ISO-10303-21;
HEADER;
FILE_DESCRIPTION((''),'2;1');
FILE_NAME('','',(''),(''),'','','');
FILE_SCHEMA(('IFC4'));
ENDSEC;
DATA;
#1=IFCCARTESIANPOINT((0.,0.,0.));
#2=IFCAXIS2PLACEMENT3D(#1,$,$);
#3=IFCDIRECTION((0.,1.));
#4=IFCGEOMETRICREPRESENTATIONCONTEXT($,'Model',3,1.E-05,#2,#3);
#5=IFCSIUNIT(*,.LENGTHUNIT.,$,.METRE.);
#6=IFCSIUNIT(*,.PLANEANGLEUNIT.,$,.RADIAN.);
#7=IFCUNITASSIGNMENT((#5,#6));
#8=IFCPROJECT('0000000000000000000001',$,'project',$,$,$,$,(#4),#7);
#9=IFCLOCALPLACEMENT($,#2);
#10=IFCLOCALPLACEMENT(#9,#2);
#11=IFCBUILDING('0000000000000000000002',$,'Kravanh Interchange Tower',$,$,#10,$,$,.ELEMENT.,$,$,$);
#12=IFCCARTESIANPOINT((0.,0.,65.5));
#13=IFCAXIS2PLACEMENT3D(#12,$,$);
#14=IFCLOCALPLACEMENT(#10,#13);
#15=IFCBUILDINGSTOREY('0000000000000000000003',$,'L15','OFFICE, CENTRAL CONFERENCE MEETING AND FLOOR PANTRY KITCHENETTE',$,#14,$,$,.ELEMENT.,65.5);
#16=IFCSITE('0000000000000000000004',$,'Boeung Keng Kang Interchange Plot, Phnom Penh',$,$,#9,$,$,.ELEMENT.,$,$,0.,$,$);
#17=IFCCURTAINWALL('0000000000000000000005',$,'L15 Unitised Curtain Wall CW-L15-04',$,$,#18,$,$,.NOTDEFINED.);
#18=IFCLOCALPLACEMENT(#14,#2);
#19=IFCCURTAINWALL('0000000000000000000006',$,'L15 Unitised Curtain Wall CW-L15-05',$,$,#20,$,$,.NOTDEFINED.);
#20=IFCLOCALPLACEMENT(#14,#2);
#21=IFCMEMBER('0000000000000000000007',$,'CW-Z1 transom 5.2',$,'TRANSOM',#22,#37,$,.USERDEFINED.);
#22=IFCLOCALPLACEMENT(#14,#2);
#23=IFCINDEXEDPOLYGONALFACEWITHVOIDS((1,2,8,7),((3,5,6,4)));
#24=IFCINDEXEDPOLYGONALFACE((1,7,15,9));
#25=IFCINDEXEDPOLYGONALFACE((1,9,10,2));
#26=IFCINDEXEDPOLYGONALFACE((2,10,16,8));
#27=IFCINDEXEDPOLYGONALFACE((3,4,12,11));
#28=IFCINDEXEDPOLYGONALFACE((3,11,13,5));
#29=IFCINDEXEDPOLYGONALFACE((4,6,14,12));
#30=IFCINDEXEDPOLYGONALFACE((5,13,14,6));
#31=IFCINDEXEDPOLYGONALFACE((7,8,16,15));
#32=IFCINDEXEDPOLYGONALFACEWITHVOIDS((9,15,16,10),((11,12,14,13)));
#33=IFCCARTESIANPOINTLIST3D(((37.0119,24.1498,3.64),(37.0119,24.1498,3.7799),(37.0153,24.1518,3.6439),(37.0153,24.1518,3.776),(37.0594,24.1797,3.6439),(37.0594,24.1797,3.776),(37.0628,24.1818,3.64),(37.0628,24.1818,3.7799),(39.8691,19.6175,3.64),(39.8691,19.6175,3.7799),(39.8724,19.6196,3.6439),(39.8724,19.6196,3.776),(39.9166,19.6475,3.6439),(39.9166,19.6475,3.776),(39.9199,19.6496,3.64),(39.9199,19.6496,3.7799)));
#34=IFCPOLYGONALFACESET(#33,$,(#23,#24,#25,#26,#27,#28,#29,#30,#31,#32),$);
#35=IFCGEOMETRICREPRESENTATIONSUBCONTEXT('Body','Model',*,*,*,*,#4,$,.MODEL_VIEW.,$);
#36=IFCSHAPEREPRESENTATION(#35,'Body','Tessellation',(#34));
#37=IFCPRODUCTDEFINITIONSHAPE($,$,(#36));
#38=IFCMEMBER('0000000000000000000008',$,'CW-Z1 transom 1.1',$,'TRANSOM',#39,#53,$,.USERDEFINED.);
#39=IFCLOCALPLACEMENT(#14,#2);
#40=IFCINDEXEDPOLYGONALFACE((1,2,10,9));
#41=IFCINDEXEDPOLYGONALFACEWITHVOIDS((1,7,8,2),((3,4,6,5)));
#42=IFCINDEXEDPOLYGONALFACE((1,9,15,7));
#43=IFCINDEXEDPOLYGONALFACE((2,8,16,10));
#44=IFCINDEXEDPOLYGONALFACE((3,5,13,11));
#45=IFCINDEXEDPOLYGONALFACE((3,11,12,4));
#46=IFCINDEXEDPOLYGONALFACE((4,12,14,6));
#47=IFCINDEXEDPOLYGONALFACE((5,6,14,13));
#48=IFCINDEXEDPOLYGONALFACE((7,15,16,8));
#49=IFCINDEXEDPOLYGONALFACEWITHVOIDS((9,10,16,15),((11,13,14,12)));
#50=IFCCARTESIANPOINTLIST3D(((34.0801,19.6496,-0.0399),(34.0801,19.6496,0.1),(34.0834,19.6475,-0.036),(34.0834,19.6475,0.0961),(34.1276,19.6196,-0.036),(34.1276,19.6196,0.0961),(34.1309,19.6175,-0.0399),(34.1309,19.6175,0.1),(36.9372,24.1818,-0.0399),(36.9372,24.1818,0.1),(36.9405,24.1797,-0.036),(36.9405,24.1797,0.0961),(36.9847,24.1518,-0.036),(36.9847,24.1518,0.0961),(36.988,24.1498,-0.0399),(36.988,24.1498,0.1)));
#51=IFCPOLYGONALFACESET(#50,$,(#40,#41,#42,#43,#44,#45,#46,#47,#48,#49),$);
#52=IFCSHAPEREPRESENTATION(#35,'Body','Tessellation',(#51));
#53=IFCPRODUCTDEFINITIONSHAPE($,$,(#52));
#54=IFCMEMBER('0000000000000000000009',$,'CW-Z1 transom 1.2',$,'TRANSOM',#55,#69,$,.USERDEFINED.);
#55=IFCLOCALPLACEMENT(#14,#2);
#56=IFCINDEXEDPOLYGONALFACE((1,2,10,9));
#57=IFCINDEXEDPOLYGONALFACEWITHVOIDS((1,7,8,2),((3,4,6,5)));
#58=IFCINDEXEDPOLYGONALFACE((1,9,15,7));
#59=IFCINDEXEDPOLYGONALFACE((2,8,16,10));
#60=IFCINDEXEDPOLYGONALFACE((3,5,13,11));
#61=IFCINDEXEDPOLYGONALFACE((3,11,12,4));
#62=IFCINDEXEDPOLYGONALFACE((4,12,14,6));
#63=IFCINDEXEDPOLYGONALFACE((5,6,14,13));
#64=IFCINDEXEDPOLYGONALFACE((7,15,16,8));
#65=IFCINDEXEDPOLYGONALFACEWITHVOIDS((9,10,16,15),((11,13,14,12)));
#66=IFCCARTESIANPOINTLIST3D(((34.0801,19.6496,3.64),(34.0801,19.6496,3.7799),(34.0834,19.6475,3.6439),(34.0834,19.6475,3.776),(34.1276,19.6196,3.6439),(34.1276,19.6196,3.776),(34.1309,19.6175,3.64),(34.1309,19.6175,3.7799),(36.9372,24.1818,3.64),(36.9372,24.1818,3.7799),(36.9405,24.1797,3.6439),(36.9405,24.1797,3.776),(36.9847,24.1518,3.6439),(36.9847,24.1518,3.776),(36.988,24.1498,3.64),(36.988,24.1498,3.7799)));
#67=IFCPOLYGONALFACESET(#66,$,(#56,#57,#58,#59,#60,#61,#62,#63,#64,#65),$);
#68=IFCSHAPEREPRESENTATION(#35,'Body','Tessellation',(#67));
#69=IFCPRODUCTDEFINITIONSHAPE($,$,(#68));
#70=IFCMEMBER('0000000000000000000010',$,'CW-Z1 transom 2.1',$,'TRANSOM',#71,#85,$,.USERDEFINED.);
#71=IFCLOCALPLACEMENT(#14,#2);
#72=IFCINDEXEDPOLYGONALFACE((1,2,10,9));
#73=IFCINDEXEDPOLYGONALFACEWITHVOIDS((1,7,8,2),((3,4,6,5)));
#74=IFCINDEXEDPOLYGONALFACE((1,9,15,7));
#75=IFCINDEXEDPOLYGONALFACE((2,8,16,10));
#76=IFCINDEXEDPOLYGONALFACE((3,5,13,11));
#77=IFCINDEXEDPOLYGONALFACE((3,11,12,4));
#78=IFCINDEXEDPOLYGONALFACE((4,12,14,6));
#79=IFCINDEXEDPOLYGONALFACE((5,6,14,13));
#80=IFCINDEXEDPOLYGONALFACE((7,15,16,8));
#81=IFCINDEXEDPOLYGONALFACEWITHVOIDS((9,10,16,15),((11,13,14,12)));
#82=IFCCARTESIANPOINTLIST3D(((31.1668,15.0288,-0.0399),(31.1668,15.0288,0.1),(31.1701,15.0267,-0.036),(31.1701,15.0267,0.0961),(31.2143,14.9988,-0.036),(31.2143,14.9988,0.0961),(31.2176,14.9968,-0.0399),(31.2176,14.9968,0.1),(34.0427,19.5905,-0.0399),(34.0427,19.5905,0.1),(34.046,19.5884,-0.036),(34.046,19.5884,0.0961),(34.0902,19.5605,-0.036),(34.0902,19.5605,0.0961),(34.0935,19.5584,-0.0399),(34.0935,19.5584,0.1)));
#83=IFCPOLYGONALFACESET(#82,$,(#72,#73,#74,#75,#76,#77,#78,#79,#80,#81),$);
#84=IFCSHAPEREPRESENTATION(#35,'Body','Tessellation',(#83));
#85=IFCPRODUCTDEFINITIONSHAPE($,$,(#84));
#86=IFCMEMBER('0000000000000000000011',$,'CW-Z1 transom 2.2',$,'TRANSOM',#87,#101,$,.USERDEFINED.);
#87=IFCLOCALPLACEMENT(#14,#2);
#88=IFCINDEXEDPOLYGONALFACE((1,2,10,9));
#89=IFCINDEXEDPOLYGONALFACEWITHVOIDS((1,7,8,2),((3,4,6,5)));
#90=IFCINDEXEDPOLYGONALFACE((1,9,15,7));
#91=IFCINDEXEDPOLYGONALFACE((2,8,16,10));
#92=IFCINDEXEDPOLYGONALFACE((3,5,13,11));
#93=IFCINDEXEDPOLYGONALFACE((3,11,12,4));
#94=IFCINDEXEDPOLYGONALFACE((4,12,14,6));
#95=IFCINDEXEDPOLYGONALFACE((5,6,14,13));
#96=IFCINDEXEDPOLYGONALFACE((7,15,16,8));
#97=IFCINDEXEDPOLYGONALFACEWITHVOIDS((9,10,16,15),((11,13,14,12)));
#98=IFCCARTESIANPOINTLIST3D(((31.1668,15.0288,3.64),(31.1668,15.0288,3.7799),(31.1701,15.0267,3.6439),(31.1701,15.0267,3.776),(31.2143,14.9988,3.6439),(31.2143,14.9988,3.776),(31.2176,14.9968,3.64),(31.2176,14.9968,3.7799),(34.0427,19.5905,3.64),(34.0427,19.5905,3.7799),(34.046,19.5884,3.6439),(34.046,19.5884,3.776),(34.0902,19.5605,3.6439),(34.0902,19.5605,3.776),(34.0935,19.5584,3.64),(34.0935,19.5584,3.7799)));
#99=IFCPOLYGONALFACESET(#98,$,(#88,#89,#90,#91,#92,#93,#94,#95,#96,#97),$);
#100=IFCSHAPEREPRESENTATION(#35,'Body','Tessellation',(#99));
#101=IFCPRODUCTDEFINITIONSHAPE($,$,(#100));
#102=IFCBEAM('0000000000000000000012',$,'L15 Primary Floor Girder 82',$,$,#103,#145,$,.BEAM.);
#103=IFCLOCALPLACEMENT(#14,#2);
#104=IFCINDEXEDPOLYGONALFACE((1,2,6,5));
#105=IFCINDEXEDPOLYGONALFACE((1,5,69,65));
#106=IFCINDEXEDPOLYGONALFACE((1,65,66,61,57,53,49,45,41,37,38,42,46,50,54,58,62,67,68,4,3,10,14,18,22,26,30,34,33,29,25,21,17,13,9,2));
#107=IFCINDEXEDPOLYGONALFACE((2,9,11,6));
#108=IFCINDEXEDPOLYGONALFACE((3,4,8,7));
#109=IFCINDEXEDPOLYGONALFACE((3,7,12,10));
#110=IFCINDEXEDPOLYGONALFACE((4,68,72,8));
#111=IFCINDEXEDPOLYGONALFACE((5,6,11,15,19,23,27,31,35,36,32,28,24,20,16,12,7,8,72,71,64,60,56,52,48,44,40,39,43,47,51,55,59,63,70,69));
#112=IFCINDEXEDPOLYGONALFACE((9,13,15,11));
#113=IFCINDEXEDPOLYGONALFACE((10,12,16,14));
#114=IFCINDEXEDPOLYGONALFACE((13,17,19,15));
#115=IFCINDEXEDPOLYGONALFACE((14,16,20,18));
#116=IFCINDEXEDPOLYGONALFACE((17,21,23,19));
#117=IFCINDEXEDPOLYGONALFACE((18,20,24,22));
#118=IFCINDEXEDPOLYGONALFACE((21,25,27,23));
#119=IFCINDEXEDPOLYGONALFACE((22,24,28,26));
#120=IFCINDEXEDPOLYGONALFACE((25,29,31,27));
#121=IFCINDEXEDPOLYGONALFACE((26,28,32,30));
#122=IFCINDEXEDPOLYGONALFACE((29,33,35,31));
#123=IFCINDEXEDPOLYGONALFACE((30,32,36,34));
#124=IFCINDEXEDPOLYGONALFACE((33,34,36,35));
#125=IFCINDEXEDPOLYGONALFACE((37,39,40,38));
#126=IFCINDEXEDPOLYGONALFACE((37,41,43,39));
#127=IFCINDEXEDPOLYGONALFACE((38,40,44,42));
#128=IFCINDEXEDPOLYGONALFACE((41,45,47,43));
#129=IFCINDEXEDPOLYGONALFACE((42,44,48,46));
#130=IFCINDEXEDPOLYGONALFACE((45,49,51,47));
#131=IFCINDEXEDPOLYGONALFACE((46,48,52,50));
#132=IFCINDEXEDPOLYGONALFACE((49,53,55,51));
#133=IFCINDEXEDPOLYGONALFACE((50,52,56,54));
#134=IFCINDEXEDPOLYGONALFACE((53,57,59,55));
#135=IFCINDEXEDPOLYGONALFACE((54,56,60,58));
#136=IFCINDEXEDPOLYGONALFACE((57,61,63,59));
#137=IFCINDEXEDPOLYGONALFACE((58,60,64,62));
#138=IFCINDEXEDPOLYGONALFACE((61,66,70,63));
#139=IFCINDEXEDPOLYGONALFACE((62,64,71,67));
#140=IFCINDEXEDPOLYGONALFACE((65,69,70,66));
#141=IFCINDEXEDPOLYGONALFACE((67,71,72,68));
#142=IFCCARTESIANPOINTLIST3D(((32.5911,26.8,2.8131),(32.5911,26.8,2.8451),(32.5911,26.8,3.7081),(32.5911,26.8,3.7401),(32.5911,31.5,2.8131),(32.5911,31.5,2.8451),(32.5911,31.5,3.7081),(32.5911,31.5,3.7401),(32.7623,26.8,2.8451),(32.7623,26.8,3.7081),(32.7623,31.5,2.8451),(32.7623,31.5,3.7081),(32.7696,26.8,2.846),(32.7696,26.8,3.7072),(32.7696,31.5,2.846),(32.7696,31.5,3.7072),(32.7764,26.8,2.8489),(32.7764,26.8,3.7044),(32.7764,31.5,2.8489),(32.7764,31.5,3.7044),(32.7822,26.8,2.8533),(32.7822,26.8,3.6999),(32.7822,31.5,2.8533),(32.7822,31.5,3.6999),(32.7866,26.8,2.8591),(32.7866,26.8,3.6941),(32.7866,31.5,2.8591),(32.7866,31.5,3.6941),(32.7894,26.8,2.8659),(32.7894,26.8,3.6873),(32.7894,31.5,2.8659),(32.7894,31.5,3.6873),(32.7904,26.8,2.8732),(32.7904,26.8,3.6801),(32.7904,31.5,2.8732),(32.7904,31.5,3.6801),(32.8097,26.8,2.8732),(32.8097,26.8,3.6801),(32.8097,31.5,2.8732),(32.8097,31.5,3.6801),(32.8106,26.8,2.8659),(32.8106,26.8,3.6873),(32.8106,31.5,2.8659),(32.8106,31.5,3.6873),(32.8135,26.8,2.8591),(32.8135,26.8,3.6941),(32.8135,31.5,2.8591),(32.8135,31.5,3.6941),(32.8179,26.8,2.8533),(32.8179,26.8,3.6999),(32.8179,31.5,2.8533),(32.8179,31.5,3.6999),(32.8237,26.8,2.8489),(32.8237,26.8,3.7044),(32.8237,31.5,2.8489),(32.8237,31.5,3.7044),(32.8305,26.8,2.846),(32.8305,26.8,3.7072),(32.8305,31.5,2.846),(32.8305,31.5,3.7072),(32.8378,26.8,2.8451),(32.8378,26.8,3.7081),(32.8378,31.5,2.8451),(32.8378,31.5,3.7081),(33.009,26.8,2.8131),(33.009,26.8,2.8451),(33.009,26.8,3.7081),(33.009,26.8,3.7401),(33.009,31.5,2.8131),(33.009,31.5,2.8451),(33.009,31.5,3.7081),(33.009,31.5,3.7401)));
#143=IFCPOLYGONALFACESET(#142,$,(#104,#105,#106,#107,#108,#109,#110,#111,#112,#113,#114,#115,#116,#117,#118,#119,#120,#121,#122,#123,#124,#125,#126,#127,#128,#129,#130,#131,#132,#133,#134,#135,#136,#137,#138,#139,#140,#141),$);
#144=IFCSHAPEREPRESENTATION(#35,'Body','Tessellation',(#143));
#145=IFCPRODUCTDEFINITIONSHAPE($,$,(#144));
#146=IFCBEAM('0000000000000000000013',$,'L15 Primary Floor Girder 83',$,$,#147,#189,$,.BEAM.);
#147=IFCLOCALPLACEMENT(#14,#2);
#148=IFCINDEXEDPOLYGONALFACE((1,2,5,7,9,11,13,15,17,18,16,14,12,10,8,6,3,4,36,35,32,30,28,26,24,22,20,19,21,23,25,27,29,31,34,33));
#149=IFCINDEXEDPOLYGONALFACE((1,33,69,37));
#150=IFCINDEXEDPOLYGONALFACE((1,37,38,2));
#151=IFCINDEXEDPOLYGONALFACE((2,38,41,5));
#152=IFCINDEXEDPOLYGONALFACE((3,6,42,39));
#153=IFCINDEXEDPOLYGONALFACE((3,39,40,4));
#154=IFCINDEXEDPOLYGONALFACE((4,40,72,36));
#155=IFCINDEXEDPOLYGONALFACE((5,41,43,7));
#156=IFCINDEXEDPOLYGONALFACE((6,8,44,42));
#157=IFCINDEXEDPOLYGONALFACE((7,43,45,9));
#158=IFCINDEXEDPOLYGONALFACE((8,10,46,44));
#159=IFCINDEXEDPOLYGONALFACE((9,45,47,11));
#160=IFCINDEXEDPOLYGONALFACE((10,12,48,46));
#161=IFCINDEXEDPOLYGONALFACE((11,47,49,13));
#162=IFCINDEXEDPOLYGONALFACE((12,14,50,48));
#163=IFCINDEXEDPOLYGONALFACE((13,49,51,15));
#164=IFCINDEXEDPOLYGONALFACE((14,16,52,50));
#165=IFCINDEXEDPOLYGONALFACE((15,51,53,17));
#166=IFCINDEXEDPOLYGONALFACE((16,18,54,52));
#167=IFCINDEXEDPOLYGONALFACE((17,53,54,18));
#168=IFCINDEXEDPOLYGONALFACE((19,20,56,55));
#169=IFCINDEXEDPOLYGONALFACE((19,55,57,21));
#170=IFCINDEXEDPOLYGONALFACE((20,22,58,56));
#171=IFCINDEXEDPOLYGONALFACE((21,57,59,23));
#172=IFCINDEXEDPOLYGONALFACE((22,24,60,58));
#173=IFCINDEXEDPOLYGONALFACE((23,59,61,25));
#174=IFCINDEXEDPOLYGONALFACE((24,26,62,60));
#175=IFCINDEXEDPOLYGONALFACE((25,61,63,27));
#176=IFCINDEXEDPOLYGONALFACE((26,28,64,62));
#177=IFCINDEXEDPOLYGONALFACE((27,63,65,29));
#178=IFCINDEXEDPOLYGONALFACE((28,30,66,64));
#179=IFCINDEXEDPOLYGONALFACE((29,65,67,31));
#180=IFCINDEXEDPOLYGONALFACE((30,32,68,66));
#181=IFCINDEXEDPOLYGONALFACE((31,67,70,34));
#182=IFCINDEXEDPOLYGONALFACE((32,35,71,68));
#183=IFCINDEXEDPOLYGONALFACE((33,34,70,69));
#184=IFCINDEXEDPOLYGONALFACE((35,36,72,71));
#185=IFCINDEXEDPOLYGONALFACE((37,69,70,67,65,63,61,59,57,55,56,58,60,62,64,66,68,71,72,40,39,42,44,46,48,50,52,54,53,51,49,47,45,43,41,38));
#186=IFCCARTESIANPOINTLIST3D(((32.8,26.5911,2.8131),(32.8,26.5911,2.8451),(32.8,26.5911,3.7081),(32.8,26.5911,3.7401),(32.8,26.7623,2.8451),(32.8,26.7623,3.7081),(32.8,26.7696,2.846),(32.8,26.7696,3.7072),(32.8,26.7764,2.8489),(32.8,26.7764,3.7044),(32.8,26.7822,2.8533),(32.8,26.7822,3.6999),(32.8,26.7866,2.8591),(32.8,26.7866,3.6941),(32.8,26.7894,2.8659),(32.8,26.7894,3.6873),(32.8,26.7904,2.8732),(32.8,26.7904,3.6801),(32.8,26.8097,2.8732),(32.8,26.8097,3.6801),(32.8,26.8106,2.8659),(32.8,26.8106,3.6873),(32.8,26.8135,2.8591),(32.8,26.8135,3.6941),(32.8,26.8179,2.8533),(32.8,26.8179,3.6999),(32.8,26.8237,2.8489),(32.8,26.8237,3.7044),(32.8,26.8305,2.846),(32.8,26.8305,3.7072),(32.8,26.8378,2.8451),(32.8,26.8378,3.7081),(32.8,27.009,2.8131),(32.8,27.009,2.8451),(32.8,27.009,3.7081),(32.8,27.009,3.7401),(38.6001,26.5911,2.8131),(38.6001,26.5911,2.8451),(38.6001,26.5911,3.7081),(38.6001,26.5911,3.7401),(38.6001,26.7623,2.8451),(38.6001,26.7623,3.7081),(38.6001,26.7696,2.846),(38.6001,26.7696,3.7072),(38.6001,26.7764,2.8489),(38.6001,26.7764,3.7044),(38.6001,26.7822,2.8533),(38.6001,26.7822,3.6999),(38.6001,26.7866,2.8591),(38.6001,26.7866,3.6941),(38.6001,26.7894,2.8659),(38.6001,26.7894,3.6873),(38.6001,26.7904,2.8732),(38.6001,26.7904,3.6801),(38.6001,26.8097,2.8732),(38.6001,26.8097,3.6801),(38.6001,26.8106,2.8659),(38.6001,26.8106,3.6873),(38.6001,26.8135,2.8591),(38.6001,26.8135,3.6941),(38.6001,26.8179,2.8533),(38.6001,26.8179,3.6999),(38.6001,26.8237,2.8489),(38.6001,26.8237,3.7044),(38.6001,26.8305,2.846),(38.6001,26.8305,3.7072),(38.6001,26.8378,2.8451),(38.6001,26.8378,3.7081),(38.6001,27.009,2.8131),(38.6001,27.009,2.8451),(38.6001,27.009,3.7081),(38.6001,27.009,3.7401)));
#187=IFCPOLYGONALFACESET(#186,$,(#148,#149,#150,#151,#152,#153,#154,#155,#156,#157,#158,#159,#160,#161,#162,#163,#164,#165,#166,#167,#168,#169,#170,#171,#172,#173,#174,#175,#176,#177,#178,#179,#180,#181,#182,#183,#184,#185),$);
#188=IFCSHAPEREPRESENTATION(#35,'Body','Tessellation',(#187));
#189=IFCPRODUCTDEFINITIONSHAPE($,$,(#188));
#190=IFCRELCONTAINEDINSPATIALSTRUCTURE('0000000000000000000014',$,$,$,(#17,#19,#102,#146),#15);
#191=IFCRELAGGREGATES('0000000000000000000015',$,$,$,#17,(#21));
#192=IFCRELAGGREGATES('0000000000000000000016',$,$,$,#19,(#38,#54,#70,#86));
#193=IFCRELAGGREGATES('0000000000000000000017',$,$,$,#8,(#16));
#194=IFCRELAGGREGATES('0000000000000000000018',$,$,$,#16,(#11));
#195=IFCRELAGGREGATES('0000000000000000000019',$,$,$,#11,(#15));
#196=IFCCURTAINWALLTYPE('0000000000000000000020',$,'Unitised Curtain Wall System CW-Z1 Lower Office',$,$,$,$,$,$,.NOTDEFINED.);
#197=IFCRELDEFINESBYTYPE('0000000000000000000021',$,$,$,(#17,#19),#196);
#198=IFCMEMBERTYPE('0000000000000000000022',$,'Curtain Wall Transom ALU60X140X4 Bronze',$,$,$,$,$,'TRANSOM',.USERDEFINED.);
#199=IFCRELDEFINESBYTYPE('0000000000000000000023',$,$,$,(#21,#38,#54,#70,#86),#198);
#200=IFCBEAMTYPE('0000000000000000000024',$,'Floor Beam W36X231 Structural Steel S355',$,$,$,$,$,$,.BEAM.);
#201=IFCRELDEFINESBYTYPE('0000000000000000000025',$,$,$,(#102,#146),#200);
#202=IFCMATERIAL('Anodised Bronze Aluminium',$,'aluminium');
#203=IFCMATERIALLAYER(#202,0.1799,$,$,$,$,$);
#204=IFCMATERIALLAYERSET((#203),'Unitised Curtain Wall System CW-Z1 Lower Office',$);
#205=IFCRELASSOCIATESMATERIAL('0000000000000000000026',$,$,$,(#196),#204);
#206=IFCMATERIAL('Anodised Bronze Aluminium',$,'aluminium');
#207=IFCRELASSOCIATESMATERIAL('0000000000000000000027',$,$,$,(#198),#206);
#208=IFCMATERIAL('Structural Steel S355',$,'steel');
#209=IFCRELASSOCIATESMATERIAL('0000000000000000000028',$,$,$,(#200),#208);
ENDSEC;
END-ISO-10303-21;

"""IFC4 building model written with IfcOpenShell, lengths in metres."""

from ifc_helpers import new_model, si_unit, direction, frame, origin, origin_2d, place, context, subcontext, project, spatial, hollow_rectangle, i_section, extrude, material, layer, layer_set, material_profile, profile_set, type_object, element, aggregate, save


model = new_model("IFC4")

# Units and contexts
model_context = context("Model", 3, precision=1e-05, world=origin(), true_north=direction((0.0, 1.0)))
body_context = subcontext(model_context, "Body", "Model", "MODEL_VIEW")
ifc_project = project(units=[si_unit("LENGTHUNIT", "METRE"), si_unit("PLANEANGLEUNIT", "RADIAN")], contexts=[model_context])

# Site, building, storey
site_placement = place(None, origin())
site = spatial("IfcSite", under=ifc_project, at=site_placement, Name="Boeung Keng Kang Interchange Plot, Phnom Penh", CompositionType="ELEMENT", RefElevation=0.0)
building_placement = place(site_placement, origin())
building = spatial("IfcBuilding", under=site, at=building_placement, Name="Kravanh Interchange Tower", CompositionType="ELEMENT")
storey_placement = place(building_placement, frame((0.0, 0.0, 65.5)))
storey = spatial("IfcBuildingStorey", under=building, at=storey_placement, Name="L15", Description="OFFICE, CENTRAL CONFERENCE MEETING AND FLOOR PANTRY KITCHENETTE", CompositionType="ELEMENT", Elevation=65.5)

# Curtain walls
ifc_material_1 = material(Name="Anodised Bronze Aluminium", Category="aluminium")
ifc_layer_1 = layer(ifc_material_1, 0.1799)
ifc_layer_set_1 = layer_set([ifc_layer_1], Name="Unitised Curtain Wall System CW-Z1 Lower Office")
curtain_wall_type = type_object("IfcCurtainWallType", Name="Unitised Curtain Wall System CW-Z1 Lower Office", PredefinedType="NOTDEFINED", material=ifc_layer_set_1)
curtain_wall_1_placement = place(storey_placement, origin())
curtain_wall_1 = element("IfcCurtainWall", 1, at=curtain_wall_1_placement, inside=storey, type_object=curtain_wall_type, Name="L15 Unitised Curtain Wall CW-L15-04", PredefinedType="NOTDEFINED")
curtain_wall_2_placement = place(storey_placement, origin())
curtain_wall_2 = element("IfcCurtainWall", 2, at=curtain_wall_2_placement, inside=storey, type_object=curtain_wall_type, Name="L15 Unitised Curtain Wall CW-L15-05", PredefinedType="NOTDEFINED")

# Members
ifc_material_2 = material(Name="Anodised Bronze Aluminium", Category="aluminium")
ifc_material_profile_1 = material_profile(ifc_material_2, hollow_rectangle(XDim=0.0601, YDim=0.1399, WallThickness=0.0039, at=origin_2d()), Name="ALU60X140X4")
ifc_profile_set_1 = profile_set([ifc_material_profile_1], Name="Anodised Bronze Aluminium")
member_type_1 = type_object("IfcMemberType", Name="Curtain Wall Transom ALU60X140X4 Bronze", ElementType="TRANSOM", PredefinedType="USERDEFINED", material=ifc_profile_set_1)
member_1_placement = place(storey_placement, frame((39.8945, 19.6335, 3.71), z_axis=(-0.533288, 0.845934, 0.0), x_axis=(-0.845934, -0.533288, 0.0)))
member_1 = element("IfcMember", 3, at=member_1_placement, type_object=member_type_1, Name="CW-Z1 transom 5.2", ObjectType="TRANSOM", PredefinedType="USERDEFINED", context=body_context, shape_type="SweptSolid", body=[
    extrude(hollow_rectangle(XDim=0.0601, YDim=0.1399, WallThickness=0.0039, at=origin_2d()), origin(), (0.0, 0.0, 1.0), 5.3577),
])
member_2_placement = place(storey_placement, frame((36.9626, 24.1658, 0.03), z_axis=(-0.533288, -0.845934, 0.0), x_axis=(0.845934, -0.533288, 0.0)))
member_2 = element("IfcMember", 4, at=member_2_placement, type_object=member_type_1, Name="CW-Z1 transom 1.1", ObjectType="TRANSOM", PredefinedType="USERDEFINED", context=body_context, shape_type="SweptSolid", body=[
    extrude(hollow_rectangle(XDim=0.0601, YDim=0.1399, WallThickness=0.0039, at=origin_2d()), origin(), (0.0, 0.0, 1.0), 5.3577),
])
member_3_placement = place(storey_placement, frame((36.9626, 24.1658, 3.71), z_axis=(-0.533288, -0.845934, 0.0), x_axis=(0.845934, -0.533288, 0.0)))
member_3 = element("IfcMember", 5, at=member_3_placement, type_object=member_type_1, Name="CW-Z1 transom 1.2", ObjectType="TRANSOM", PredefinedType="USERDEFINED", context=body_context, shape_type="SweptSolid", body=[
    extrude(hollow_rectangle(XDim=0.0601, YDim=0.1399, WallThickness=0.0039, at=origin_2d()), origin(), (0.0, 0.0, 1.0), 5.3577),
])
member_4_placement = place(storey_placement, frame((34.0681, 19.5745, 0.03), z_axis=(-0.533311, -0.845919, 0.0), x_axis=(0.845919, -0.533311, 0.0)))
member_4 = element("IfcMember", 6, at=member_4_placement, type_object=member_type_1, Name="CW-Z1 transom 2.1", ObjectType="TRANSOM", PredefinedType="USERDEFINED", context=body_context, shape_type="SweptSolid", body=[
    extrude(hollow_rectangle(XDim=0.0601, YDim=0.1399, WallThickness=0.0039, at=origin_2d()), origin(), (0.0, 0.0, 1.0), 5.3926),
])
member_5_placement = place(storey_placement, frame((34.0681, 19.5745, 3.71), z_axis=(-0.533311, -0.845919, 0.0), x_axis=(0.845919, -0.533311, 0.0)))
member_5 = element("IfcMember", 7, at=member_5_placement, type_object=member_type_1, Name="CW-Z1 transom 2.2", ObjectType="TRANSOM", PredefinedType="USERDEFINED", context=body_context, shape_type="SweptSolid", body=[
    extrude(hollow_rectangle(XDim=0.0601, YDim=0.1399, WallThickness=0.0039, at=origin_2d()), origin(), (0.0, 0.0, 1.0), 5.3926),
])

# Beams
ifc_material_3 = material(Name="Structural Steel S355", Category="steel")
ifc_material_profile_2 = material_profile(ifc_material_3, i_section(OverallWidth=0.418, OverallDepth=0.927, WebThickness=0.0193, FlangeThickness=0.032, FilletRadius=0.0281, at=origin_2d()), Name="W36X231")
ifc_profile_set_2 = profile_set([ifc_material_profile_2], Name="Structural Steel S355")
beam_type_1 = type_object("IfcBeamType", Name="Floor Beam W36X231 Structural Steel S355", PredefinedType="BEAM", material=ifc_profile_set_2)
beam_1_placement = place(storey_placement, frame((32.8, 26.8, 3.2766), z_axis=(0.0, 1.0, 0.0), x_axis=(-1.0, 0.0, 0.0)))
element("IfcBeam", 8, at=beam_1_placement, inside=storey, type_object=beam_type_1, Name="L15 Primary Floor Girder 82", PredefinedType="BEAM", context=body_context, shape_type="SweptSolid", body=[
    extrude(i_section(OverallWidth=0.418, OverallDepth=0.927, WebThickness=0.0193, FlangeThickness=0.032, FilletRadius=0.0281, at=origin_2d()), origin(), (0.0, 0.0, 1.0), 4.7),
])
beam_2_placement = place(storey_placement, frame((32.8, 26.8, 3.2766), z_axis=(1.0, 0.0, 0.0), x_axis=(0.0, 1.0, 0.0)))
element("IfcBeam", 9, at=beam_2_placement, inside=storey, type_object=beam_type_1, Name="L15 Primary Floor Girder 83", PredefinedType="BEAM", context=body_context, shape_type="SweptSolid", body=[
    extrude(i_section(OverallWidth=0.418, OverallDepth=0.927, WebThickness=0.0193, FlangeThickness=0.032, FilletRadius=0.0281, at=origin_2d()), origin(), (0.0, 0.0, 1.0), 5.8),
])

aggregate(curtain_wall_1, [member_1])
aggregate(curtain_wall_2, [member_2, member_3, member_4, member_5])

save(model, "model.ifc")
